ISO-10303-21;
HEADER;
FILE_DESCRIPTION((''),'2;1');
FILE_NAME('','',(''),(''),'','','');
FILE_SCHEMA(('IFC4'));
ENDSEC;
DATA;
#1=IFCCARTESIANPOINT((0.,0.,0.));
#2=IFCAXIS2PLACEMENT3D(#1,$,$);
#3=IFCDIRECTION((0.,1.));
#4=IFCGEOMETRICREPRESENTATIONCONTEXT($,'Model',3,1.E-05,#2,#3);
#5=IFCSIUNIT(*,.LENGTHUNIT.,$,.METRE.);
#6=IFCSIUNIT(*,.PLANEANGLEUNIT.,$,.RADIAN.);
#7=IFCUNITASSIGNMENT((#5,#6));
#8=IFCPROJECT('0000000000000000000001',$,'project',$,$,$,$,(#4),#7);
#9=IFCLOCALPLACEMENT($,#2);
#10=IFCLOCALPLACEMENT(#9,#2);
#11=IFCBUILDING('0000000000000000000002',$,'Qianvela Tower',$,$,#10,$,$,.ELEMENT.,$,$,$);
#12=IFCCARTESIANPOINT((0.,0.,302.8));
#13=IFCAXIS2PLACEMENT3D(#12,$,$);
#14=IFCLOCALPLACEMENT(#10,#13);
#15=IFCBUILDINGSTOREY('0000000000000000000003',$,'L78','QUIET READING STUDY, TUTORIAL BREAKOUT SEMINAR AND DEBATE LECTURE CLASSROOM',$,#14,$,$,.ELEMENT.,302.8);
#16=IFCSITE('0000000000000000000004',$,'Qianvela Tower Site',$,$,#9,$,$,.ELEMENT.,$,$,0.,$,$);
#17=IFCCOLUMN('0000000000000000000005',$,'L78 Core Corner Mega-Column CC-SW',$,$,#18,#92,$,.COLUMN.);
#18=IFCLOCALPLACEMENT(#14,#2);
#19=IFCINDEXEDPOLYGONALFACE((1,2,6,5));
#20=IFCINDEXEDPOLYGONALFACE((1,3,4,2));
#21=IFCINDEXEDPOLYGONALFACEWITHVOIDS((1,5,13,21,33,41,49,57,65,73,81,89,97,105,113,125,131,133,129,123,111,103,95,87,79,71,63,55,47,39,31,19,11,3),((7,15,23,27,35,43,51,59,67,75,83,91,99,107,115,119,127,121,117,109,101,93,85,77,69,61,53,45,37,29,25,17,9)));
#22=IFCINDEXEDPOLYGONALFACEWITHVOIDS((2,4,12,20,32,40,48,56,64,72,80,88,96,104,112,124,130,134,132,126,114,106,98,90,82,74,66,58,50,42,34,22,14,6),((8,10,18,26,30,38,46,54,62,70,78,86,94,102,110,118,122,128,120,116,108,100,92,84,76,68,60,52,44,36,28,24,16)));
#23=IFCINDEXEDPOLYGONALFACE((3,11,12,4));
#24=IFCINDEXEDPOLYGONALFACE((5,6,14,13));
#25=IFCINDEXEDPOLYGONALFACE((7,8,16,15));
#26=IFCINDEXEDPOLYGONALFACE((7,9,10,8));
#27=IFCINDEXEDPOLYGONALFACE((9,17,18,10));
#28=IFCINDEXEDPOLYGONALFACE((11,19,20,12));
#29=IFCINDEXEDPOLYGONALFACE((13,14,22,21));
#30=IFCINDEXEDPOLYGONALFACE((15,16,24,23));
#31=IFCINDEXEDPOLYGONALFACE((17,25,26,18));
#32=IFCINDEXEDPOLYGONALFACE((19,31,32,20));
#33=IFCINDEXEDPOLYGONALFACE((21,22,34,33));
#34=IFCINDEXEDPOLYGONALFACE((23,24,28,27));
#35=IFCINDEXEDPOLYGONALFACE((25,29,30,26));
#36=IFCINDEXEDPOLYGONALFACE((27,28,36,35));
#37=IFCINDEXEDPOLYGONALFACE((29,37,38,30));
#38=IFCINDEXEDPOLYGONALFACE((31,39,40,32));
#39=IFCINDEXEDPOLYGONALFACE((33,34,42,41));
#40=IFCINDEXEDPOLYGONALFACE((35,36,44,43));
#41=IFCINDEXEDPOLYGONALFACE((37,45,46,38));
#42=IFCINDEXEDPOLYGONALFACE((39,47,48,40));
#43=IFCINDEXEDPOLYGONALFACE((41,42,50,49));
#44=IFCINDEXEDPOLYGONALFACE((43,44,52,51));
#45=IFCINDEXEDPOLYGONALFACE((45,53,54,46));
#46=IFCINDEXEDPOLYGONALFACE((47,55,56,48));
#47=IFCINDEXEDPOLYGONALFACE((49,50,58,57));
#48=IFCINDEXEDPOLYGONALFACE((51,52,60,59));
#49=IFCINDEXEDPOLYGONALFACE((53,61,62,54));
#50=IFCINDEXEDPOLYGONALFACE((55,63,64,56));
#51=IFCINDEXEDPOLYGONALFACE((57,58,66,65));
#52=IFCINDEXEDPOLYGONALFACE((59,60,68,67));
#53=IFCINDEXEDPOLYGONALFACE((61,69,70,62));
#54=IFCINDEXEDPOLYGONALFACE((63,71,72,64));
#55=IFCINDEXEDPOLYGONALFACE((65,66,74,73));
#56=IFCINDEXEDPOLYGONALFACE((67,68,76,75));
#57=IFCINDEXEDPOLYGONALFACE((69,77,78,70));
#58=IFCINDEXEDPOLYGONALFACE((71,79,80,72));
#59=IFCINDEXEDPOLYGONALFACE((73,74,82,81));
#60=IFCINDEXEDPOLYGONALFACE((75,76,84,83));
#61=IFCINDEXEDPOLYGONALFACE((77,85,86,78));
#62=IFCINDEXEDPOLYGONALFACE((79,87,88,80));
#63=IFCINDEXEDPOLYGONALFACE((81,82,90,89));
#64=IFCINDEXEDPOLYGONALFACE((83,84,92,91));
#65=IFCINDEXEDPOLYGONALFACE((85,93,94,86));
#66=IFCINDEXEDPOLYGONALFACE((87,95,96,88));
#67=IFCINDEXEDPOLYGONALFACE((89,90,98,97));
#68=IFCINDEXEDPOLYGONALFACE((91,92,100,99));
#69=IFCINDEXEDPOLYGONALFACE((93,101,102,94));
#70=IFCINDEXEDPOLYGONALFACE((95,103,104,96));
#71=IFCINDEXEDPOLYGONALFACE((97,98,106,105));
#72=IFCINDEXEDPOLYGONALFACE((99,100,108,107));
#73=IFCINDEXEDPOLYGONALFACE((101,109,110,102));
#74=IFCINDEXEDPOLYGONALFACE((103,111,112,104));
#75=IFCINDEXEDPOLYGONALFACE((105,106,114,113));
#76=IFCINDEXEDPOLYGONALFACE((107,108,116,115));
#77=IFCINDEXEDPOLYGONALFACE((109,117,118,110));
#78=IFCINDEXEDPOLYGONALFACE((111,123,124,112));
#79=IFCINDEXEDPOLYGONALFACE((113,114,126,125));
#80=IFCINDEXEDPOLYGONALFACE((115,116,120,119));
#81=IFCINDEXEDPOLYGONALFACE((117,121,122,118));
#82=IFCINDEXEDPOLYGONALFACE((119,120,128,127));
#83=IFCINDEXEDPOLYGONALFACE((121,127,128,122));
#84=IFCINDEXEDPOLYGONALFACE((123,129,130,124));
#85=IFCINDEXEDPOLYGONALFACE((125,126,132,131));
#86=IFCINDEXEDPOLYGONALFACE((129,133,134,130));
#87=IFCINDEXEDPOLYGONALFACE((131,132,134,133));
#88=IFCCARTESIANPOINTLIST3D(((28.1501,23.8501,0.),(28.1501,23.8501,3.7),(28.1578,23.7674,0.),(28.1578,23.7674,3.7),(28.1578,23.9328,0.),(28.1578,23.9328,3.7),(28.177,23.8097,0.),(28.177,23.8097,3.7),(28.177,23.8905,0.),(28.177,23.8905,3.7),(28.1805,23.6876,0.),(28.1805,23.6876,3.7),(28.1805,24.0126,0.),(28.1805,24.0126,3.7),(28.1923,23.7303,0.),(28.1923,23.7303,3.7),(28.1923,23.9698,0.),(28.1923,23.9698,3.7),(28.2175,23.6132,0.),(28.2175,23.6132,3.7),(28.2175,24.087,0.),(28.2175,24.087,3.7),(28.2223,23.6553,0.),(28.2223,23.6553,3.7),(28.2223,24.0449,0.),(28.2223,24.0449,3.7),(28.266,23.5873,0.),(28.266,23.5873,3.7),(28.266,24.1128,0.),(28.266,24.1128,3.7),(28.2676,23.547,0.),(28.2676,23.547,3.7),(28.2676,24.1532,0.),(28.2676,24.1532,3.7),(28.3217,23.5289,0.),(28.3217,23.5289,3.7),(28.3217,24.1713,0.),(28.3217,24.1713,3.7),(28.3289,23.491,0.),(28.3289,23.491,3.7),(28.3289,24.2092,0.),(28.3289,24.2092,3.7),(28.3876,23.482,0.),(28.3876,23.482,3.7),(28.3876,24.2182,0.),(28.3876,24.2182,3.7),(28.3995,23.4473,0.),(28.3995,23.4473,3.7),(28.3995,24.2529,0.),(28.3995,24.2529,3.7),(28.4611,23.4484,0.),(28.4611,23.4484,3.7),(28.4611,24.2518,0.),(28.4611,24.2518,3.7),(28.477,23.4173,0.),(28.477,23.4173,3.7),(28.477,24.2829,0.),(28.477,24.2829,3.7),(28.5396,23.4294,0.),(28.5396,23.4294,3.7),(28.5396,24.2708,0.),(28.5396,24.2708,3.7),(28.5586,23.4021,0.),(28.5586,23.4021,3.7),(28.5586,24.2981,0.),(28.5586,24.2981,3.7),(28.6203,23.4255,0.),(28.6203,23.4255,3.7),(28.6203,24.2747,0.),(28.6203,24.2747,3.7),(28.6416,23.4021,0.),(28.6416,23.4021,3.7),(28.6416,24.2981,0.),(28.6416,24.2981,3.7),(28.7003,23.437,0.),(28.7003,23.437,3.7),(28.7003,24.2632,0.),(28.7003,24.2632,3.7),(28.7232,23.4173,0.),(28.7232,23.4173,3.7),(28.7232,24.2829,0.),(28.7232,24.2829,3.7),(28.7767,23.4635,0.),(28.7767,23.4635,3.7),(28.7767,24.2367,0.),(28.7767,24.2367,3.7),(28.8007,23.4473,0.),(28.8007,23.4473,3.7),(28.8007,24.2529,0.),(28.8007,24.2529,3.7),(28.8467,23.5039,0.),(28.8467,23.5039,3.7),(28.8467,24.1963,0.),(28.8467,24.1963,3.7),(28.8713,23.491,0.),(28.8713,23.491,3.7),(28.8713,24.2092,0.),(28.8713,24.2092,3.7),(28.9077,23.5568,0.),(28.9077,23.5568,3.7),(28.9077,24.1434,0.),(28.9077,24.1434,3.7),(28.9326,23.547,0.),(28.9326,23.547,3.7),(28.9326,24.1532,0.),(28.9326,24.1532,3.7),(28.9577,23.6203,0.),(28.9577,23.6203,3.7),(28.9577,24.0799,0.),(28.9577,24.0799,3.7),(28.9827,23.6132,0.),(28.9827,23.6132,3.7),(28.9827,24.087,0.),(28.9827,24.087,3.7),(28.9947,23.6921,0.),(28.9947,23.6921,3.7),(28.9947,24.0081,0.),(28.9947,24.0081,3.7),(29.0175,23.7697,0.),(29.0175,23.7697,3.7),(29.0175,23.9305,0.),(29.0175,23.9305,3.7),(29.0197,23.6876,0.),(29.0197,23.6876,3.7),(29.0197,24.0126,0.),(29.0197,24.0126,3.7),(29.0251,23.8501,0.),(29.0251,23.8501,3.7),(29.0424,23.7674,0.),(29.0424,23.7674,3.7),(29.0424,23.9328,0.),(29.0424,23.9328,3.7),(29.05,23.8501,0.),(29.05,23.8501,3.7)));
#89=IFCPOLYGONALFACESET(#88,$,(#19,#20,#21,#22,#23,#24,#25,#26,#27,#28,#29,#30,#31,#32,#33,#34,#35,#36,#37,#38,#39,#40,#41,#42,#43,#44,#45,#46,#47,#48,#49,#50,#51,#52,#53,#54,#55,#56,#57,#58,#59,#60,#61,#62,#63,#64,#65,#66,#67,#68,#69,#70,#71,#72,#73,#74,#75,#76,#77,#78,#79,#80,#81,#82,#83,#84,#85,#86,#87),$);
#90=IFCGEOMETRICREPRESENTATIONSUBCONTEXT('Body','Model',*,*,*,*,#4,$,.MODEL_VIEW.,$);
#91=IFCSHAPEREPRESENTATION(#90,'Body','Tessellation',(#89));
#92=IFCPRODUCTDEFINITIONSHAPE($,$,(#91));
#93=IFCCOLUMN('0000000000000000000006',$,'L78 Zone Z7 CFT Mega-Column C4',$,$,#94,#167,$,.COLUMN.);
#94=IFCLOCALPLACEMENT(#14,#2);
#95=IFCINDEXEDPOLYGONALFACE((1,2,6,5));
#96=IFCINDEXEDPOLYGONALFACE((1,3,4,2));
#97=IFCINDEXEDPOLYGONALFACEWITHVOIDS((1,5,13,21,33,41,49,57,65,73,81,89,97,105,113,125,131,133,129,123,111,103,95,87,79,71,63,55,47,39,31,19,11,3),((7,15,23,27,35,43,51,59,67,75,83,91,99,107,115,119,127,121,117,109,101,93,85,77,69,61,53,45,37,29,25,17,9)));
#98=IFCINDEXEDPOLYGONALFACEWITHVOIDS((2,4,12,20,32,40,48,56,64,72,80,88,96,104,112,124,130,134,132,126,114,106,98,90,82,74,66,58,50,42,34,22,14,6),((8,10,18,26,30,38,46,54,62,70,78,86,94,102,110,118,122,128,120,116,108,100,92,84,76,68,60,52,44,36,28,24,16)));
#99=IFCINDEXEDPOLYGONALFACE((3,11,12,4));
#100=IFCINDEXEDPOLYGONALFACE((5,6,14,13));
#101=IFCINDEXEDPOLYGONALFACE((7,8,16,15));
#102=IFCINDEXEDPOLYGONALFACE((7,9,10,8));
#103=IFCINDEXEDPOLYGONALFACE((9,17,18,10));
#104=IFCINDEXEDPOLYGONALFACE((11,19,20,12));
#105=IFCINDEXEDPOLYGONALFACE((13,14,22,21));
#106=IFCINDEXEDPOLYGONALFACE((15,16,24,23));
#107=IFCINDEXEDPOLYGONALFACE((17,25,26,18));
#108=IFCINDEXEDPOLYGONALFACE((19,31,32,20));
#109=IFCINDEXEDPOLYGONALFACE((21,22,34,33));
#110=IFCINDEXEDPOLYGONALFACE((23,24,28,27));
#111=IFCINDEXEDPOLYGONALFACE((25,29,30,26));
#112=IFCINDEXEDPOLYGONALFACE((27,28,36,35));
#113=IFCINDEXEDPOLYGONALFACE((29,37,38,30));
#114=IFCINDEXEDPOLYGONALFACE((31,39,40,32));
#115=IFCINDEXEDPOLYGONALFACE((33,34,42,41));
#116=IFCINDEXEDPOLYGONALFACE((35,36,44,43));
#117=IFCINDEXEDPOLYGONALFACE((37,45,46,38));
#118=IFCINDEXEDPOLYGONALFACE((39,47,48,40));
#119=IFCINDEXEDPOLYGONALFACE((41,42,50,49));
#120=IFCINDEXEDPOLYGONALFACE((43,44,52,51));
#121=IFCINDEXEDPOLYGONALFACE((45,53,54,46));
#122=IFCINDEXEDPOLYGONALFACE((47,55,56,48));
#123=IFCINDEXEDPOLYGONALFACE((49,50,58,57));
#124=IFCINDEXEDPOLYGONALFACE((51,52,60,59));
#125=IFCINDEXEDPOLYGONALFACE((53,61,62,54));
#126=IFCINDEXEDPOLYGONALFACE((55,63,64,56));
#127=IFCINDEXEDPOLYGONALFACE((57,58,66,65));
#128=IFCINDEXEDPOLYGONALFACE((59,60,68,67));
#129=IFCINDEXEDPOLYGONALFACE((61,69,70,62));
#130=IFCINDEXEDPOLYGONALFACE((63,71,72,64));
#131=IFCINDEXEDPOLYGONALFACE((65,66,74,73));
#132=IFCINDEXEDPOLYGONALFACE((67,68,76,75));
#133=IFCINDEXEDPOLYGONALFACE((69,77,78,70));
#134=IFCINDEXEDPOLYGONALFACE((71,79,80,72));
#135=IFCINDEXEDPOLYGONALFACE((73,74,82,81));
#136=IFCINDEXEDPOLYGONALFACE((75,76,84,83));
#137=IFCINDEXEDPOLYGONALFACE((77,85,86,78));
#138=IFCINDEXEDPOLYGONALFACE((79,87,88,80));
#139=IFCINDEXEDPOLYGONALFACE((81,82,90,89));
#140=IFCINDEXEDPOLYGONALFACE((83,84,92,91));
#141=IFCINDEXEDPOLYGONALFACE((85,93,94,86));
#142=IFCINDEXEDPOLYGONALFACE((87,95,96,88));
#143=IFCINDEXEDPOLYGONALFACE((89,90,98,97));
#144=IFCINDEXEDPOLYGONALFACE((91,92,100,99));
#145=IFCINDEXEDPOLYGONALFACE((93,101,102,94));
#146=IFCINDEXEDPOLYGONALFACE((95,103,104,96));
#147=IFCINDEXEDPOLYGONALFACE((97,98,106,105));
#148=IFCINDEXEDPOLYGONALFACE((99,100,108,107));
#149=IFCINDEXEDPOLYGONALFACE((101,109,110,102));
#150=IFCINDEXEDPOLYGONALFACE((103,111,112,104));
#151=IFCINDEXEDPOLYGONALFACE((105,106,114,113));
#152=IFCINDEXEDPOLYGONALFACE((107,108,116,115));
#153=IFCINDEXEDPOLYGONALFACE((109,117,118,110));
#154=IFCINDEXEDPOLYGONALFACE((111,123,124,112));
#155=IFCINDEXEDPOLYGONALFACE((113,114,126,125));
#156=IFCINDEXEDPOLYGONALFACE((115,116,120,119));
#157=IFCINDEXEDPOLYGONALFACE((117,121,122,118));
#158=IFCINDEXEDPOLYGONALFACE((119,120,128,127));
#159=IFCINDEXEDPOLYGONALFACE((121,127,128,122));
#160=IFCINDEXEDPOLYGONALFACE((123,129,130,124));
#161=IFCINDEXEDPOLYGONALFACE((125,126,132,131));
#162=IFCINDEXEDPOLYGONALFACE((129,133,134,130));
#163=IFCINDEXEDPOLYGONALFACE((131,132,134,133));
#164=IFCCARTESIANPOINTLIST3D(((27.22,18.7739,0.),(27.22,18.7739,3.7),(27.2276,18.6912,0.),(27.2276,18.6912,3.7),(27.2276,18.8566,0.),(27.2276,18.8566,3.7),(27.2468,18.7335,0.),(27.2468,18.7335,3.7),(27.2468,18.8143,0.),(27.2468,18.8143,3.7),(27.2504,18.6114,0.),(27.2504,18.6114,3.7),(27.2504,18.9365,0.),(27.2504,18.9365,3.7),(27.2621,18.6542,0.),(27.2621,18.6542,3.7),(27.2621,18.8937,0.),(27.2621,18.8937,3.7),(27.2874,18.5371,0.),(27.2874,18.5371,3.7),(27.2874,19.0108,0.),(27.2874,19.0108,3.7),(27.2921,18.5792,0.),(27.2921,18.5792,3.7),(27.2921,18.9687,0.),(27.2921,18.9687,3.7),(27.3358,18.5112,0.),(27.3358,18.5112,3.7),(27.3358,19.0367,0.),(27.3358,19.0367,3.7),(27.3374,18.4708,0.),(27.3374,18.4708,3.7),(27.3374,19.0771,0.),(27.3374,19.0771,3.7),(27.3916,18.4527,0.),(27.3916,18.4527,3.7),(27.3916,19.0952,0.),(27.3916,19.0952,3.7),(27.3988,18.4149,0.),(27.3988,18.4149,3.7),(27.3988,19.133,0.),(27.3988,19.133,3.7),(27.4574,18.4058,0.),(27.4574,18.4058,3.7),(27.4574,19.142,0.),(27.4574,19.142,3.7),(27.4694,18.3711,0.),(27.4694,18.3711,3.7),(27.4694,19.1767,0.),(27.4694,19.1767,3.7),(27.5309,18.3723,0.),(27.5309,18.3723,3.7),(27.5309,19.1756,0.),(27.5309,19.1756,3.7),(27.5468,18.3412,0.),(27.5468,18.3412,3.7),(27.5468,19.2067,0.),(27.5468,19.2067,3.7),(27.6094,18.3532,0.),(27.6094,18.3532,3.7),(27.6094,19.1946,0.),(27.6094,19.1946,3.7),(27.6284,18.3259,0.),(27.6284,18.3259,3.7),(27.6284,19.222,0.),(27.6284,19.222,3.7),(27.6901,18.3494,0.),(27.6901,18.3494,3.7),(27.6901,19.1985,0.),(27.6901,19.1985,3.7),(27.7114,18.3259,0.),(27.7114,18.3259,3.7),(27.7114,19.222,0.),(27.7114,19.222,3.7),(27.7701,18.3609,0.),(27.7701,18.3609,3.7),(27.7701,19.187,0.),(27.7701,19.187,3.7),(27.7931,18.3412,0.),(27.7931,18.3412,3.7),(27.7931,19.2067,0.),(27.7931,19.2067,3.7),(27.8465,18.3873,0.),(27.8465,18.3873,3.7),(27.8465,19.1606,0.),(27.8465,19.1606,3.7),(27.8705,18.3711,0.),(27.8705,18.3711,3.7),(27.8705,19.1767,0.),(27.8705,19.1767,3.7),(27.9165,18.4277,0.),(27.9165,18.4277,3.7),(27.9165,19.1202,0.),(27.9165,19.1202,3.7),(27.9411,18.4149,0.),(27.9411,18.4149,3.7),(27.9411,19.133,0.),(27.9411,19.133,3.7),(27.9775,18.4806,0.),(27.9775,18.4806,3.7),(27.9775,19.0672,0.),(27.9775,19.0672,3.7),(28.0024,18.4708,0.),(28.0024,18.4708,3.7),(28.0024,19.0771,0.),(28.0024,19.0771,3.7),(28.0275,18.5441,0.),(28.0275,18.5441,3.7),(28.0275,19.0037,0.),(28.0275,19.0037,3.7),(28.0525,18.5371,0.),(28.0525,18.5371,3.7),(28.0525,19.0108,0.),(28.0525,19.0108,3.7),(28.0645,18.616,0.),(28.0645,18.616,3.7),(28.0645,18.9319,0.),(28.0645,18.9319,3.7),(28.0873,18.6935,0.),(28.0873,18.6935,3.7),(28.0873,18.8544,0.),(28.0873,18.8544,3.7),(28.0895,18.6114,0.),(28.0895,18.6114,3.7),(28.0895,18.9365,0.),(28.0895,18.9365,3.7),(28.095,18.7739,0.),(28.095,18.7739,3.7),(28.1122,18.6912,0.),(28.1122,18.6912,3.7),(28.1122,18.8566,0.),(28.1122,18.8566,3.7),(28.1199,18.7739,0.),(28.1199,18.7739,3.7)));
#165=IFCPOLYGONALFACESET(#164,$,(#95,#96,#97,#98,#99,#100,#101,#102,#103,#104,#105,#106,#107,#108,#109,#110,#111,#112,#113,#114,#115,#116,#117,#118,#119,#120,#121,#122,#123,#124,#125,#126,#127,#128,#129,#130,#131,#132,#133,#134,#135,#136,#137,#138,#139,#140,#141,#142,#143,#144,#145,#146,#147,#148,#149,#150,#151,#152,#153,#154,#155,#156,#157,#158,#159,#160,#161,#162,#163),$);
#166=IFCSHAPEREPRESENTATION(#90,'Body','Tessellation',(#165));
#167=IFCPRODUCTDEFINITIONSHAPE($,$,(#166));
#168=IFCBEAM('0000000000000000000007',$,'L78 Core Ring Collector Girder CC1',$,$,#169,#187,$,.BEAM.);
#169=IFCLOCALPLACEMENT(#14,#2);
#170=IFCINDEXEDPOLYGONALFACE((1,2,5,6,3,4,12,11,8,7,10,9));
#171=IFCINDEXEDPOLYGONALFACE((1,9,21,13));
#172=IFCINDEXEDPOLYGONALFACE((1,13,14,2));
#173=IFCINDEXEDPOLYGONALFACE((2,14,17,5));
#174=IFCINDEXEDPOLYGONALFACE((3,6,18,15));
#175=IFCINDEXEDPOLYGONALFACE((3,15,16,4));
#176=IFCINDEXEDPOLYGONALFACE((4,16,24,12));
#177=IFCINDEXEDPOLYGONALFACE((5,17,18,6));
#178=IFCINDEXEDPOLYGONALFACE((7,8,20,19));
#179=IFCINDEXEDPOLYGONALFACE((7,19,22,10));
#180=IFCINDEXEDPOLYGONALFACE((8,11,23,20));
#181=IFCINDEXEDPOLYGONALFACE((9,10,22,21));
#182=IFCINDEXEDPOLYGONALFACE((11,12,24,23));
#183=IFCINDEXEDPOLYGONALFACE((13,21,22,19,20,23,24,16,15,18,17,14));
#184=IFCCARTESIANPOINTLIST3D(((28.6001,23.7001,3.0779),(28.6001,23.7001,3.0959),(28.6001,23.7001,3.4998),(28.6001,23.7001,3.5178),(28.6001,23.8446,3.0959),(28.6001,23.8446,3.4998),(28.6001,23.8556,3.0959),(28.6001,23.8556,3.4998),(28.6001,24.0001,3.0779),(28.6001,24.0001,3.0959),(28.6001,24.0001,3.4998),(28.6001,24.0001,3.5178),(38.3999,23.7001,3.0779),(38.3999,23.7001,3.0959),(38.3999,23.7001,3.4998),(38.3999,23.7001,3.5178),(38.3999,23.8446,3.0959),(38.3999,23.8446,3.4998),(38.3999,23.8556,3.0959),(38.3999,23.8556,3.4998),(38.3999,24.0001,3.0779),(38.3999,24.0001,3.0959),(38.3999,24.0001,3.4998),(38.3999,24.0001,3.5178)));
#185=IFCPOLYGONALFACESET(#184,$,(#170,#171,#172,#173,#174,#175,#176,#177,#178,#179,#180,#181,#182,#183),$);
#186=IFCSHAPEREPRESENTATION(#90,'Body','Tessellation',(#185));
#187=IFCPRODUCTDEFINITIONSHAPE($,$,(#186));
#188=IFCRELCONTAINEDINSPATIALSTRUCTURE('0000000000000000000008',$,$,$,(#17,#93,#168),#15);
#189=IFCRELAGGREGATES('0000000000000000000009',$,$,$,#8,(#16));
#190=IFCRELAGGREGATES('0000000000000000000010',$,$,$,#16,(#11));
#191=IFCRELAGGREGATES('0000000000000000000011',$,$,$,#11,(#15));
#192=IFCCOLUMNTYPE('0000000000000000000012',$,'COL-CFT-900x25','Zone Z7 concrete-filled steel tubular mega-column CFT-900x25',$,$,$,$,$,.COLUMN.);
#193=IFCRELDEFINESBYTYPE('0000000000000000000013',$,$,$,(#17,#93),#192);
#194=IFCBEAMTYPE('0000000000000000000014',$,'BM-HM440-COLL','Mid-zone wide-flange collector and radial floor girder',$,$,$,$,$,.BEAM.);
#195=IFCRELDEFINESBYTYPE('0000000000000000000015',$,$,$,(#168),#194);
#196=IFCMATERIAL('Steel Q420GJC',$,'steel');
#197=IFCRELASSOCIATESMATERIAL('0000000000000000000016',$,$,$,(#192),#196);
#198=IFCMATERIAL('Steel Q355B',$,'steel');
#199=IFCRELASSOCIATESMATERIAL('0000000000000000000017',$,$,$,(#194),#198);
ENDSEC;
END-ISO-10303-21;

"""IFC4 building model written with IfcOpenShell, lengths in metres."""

from ifc_helpers import new_model, si_unit, direction, frame, origin, origin_2d, place, context, subcontext, project, spatial, hollow_circle, i_section, extrude, material, material_profile, profile_set, type_object, element, save


model = new_model("IFC4")

# Units and contexts
model_context = context("Model", 3, precision=1e-05, world=origin(), true_north=direction((0.0, 1.0)))
body_context = subcontext(model_context, "Body", "Model", "MODEL_VIEW")
ifc_project = project(units=[si_unit("LENGTHUNIT", "METRE"), si_unit("PLANEANGLEUNIT", "RADIAN")], contexts=[model_context])

# Site, building, storey
site_placement = place(None, origin())
site = spatial("IfcSite", under=ifc_project, at=site_placement, Name="Qianvela Tower Site", CompositionType="ELEMENT", RefElevation=0.0)
building_placement = place(site_placement, origin())
building = spatial("IfcBuilding", under=site, at=building_placement, Name="Qianvela Tower", CompositionType="ELEMENT")
storey_placement = place(building_placement, frame((0.0, 0.0, 302.8)))
storey = spatial("IfcBuildingStorey", under=building, at=storey_placement, Name="L78", Description="QUIET READING STUDY, TUTORIAL BREAKOUT SEMINAR AND DEBATE LECTURE CLASSROOM", CompositionType="ELEMENT", Elevation=302.8)

# Columns
ifc_material_1 = material(Name="Steel Q420GJC", Category="steel")
ifc_material_profile_1 = material_profile(ifc_material_1, hollow_circle(Radius=0.45, WallThickness=0.0249, at=origin_2d()), Name="CFT-900x25")
ifc_profile_set_1 = profile_set([ifc_material_profile_1], Name="Steel Q420GJC")
column_type = type_object("IfcColumnType", Name="COL-CFT-900x25", Description="Zone Z7 concrete-filled steel tubular mega-column CFT-900x25", PredefinedType="COLUMN", material=ifc_profile_set_1)
for number, where, z_axis, x_axis, name in (
    (1, (28.6001, 23.8501, 0.0), (0.0, 0.0, 1.0), (1.0, 0.0, 0.0), "L78 Core Corner Mega-Column CC-SW"),
    (2, (27.6699, 18.7739, 0.0), (0.0, 0.0, 1.0), (1.0, 0.0, 0.0), "L78 Zone Z7 CFT Mega-Column C4"),
):
    element("IfcColumn", number, at=place(storey_placement, frame(where, z_axis=z_axis, x_axis=x_axis)), inside=storey, type_object=column_type, Name=name, PredefinedType="COLUMN", context=body_context, shape_type="SweptSolid", body=[
        extrude(hollow_circle(Radius=0.45, WallThickness=0.0249, at=origin_2d()), origin(), (0.0, 0.0, 1.0), 3.7),
    ])

# Beam
ifc_material_2 = material(Name="Steel Q355B", Category="steel")
ifc_material_profile_2 = material_profile(ifc_material_2, i_section(OverallWidth=0.3, OverallDepth=0.4399, WebThickness=0.011, FlangeThickness=0.0181, at=origin_2d()), Name="HM440x300x11x18")
ifc_profile_set_2 = profile_set([ifc_material_profile_2], Name="Steel Q355B")
beam_type_1 = type_object("IfcBeamType", Name="BM-HM440-COLL", Description="Mid-zone wide-flange collector and radial floor girder", PredefinedType="BEAM", material=ifc_profile_set_2)
beam_1_placement = place(storey_placement, frame((28.6001, 23.8501, 3.2979), z_axis=(1.0, 0.0, 0.0), x_axis=(0.0, 1.0, 0.0)))
element("IfcBeam", 3, at=beam_1_placement, inside=storey, type_object=beam_type_1, Name="L78 Core Ring Collector Girder CC1", PredefinedType="BEAM", context=body_context, shape_type="SweptSolid", body=[
    extrude(i_section(OverallWidth=0.3, OverallDepth=0.4399, WebThickness=0.011, FlangeThickness=0.0181, at=origin_2d()), origin(), (0.0, 0.0, 1.0), 9.7998),
])

save(model, "model.ifc")
